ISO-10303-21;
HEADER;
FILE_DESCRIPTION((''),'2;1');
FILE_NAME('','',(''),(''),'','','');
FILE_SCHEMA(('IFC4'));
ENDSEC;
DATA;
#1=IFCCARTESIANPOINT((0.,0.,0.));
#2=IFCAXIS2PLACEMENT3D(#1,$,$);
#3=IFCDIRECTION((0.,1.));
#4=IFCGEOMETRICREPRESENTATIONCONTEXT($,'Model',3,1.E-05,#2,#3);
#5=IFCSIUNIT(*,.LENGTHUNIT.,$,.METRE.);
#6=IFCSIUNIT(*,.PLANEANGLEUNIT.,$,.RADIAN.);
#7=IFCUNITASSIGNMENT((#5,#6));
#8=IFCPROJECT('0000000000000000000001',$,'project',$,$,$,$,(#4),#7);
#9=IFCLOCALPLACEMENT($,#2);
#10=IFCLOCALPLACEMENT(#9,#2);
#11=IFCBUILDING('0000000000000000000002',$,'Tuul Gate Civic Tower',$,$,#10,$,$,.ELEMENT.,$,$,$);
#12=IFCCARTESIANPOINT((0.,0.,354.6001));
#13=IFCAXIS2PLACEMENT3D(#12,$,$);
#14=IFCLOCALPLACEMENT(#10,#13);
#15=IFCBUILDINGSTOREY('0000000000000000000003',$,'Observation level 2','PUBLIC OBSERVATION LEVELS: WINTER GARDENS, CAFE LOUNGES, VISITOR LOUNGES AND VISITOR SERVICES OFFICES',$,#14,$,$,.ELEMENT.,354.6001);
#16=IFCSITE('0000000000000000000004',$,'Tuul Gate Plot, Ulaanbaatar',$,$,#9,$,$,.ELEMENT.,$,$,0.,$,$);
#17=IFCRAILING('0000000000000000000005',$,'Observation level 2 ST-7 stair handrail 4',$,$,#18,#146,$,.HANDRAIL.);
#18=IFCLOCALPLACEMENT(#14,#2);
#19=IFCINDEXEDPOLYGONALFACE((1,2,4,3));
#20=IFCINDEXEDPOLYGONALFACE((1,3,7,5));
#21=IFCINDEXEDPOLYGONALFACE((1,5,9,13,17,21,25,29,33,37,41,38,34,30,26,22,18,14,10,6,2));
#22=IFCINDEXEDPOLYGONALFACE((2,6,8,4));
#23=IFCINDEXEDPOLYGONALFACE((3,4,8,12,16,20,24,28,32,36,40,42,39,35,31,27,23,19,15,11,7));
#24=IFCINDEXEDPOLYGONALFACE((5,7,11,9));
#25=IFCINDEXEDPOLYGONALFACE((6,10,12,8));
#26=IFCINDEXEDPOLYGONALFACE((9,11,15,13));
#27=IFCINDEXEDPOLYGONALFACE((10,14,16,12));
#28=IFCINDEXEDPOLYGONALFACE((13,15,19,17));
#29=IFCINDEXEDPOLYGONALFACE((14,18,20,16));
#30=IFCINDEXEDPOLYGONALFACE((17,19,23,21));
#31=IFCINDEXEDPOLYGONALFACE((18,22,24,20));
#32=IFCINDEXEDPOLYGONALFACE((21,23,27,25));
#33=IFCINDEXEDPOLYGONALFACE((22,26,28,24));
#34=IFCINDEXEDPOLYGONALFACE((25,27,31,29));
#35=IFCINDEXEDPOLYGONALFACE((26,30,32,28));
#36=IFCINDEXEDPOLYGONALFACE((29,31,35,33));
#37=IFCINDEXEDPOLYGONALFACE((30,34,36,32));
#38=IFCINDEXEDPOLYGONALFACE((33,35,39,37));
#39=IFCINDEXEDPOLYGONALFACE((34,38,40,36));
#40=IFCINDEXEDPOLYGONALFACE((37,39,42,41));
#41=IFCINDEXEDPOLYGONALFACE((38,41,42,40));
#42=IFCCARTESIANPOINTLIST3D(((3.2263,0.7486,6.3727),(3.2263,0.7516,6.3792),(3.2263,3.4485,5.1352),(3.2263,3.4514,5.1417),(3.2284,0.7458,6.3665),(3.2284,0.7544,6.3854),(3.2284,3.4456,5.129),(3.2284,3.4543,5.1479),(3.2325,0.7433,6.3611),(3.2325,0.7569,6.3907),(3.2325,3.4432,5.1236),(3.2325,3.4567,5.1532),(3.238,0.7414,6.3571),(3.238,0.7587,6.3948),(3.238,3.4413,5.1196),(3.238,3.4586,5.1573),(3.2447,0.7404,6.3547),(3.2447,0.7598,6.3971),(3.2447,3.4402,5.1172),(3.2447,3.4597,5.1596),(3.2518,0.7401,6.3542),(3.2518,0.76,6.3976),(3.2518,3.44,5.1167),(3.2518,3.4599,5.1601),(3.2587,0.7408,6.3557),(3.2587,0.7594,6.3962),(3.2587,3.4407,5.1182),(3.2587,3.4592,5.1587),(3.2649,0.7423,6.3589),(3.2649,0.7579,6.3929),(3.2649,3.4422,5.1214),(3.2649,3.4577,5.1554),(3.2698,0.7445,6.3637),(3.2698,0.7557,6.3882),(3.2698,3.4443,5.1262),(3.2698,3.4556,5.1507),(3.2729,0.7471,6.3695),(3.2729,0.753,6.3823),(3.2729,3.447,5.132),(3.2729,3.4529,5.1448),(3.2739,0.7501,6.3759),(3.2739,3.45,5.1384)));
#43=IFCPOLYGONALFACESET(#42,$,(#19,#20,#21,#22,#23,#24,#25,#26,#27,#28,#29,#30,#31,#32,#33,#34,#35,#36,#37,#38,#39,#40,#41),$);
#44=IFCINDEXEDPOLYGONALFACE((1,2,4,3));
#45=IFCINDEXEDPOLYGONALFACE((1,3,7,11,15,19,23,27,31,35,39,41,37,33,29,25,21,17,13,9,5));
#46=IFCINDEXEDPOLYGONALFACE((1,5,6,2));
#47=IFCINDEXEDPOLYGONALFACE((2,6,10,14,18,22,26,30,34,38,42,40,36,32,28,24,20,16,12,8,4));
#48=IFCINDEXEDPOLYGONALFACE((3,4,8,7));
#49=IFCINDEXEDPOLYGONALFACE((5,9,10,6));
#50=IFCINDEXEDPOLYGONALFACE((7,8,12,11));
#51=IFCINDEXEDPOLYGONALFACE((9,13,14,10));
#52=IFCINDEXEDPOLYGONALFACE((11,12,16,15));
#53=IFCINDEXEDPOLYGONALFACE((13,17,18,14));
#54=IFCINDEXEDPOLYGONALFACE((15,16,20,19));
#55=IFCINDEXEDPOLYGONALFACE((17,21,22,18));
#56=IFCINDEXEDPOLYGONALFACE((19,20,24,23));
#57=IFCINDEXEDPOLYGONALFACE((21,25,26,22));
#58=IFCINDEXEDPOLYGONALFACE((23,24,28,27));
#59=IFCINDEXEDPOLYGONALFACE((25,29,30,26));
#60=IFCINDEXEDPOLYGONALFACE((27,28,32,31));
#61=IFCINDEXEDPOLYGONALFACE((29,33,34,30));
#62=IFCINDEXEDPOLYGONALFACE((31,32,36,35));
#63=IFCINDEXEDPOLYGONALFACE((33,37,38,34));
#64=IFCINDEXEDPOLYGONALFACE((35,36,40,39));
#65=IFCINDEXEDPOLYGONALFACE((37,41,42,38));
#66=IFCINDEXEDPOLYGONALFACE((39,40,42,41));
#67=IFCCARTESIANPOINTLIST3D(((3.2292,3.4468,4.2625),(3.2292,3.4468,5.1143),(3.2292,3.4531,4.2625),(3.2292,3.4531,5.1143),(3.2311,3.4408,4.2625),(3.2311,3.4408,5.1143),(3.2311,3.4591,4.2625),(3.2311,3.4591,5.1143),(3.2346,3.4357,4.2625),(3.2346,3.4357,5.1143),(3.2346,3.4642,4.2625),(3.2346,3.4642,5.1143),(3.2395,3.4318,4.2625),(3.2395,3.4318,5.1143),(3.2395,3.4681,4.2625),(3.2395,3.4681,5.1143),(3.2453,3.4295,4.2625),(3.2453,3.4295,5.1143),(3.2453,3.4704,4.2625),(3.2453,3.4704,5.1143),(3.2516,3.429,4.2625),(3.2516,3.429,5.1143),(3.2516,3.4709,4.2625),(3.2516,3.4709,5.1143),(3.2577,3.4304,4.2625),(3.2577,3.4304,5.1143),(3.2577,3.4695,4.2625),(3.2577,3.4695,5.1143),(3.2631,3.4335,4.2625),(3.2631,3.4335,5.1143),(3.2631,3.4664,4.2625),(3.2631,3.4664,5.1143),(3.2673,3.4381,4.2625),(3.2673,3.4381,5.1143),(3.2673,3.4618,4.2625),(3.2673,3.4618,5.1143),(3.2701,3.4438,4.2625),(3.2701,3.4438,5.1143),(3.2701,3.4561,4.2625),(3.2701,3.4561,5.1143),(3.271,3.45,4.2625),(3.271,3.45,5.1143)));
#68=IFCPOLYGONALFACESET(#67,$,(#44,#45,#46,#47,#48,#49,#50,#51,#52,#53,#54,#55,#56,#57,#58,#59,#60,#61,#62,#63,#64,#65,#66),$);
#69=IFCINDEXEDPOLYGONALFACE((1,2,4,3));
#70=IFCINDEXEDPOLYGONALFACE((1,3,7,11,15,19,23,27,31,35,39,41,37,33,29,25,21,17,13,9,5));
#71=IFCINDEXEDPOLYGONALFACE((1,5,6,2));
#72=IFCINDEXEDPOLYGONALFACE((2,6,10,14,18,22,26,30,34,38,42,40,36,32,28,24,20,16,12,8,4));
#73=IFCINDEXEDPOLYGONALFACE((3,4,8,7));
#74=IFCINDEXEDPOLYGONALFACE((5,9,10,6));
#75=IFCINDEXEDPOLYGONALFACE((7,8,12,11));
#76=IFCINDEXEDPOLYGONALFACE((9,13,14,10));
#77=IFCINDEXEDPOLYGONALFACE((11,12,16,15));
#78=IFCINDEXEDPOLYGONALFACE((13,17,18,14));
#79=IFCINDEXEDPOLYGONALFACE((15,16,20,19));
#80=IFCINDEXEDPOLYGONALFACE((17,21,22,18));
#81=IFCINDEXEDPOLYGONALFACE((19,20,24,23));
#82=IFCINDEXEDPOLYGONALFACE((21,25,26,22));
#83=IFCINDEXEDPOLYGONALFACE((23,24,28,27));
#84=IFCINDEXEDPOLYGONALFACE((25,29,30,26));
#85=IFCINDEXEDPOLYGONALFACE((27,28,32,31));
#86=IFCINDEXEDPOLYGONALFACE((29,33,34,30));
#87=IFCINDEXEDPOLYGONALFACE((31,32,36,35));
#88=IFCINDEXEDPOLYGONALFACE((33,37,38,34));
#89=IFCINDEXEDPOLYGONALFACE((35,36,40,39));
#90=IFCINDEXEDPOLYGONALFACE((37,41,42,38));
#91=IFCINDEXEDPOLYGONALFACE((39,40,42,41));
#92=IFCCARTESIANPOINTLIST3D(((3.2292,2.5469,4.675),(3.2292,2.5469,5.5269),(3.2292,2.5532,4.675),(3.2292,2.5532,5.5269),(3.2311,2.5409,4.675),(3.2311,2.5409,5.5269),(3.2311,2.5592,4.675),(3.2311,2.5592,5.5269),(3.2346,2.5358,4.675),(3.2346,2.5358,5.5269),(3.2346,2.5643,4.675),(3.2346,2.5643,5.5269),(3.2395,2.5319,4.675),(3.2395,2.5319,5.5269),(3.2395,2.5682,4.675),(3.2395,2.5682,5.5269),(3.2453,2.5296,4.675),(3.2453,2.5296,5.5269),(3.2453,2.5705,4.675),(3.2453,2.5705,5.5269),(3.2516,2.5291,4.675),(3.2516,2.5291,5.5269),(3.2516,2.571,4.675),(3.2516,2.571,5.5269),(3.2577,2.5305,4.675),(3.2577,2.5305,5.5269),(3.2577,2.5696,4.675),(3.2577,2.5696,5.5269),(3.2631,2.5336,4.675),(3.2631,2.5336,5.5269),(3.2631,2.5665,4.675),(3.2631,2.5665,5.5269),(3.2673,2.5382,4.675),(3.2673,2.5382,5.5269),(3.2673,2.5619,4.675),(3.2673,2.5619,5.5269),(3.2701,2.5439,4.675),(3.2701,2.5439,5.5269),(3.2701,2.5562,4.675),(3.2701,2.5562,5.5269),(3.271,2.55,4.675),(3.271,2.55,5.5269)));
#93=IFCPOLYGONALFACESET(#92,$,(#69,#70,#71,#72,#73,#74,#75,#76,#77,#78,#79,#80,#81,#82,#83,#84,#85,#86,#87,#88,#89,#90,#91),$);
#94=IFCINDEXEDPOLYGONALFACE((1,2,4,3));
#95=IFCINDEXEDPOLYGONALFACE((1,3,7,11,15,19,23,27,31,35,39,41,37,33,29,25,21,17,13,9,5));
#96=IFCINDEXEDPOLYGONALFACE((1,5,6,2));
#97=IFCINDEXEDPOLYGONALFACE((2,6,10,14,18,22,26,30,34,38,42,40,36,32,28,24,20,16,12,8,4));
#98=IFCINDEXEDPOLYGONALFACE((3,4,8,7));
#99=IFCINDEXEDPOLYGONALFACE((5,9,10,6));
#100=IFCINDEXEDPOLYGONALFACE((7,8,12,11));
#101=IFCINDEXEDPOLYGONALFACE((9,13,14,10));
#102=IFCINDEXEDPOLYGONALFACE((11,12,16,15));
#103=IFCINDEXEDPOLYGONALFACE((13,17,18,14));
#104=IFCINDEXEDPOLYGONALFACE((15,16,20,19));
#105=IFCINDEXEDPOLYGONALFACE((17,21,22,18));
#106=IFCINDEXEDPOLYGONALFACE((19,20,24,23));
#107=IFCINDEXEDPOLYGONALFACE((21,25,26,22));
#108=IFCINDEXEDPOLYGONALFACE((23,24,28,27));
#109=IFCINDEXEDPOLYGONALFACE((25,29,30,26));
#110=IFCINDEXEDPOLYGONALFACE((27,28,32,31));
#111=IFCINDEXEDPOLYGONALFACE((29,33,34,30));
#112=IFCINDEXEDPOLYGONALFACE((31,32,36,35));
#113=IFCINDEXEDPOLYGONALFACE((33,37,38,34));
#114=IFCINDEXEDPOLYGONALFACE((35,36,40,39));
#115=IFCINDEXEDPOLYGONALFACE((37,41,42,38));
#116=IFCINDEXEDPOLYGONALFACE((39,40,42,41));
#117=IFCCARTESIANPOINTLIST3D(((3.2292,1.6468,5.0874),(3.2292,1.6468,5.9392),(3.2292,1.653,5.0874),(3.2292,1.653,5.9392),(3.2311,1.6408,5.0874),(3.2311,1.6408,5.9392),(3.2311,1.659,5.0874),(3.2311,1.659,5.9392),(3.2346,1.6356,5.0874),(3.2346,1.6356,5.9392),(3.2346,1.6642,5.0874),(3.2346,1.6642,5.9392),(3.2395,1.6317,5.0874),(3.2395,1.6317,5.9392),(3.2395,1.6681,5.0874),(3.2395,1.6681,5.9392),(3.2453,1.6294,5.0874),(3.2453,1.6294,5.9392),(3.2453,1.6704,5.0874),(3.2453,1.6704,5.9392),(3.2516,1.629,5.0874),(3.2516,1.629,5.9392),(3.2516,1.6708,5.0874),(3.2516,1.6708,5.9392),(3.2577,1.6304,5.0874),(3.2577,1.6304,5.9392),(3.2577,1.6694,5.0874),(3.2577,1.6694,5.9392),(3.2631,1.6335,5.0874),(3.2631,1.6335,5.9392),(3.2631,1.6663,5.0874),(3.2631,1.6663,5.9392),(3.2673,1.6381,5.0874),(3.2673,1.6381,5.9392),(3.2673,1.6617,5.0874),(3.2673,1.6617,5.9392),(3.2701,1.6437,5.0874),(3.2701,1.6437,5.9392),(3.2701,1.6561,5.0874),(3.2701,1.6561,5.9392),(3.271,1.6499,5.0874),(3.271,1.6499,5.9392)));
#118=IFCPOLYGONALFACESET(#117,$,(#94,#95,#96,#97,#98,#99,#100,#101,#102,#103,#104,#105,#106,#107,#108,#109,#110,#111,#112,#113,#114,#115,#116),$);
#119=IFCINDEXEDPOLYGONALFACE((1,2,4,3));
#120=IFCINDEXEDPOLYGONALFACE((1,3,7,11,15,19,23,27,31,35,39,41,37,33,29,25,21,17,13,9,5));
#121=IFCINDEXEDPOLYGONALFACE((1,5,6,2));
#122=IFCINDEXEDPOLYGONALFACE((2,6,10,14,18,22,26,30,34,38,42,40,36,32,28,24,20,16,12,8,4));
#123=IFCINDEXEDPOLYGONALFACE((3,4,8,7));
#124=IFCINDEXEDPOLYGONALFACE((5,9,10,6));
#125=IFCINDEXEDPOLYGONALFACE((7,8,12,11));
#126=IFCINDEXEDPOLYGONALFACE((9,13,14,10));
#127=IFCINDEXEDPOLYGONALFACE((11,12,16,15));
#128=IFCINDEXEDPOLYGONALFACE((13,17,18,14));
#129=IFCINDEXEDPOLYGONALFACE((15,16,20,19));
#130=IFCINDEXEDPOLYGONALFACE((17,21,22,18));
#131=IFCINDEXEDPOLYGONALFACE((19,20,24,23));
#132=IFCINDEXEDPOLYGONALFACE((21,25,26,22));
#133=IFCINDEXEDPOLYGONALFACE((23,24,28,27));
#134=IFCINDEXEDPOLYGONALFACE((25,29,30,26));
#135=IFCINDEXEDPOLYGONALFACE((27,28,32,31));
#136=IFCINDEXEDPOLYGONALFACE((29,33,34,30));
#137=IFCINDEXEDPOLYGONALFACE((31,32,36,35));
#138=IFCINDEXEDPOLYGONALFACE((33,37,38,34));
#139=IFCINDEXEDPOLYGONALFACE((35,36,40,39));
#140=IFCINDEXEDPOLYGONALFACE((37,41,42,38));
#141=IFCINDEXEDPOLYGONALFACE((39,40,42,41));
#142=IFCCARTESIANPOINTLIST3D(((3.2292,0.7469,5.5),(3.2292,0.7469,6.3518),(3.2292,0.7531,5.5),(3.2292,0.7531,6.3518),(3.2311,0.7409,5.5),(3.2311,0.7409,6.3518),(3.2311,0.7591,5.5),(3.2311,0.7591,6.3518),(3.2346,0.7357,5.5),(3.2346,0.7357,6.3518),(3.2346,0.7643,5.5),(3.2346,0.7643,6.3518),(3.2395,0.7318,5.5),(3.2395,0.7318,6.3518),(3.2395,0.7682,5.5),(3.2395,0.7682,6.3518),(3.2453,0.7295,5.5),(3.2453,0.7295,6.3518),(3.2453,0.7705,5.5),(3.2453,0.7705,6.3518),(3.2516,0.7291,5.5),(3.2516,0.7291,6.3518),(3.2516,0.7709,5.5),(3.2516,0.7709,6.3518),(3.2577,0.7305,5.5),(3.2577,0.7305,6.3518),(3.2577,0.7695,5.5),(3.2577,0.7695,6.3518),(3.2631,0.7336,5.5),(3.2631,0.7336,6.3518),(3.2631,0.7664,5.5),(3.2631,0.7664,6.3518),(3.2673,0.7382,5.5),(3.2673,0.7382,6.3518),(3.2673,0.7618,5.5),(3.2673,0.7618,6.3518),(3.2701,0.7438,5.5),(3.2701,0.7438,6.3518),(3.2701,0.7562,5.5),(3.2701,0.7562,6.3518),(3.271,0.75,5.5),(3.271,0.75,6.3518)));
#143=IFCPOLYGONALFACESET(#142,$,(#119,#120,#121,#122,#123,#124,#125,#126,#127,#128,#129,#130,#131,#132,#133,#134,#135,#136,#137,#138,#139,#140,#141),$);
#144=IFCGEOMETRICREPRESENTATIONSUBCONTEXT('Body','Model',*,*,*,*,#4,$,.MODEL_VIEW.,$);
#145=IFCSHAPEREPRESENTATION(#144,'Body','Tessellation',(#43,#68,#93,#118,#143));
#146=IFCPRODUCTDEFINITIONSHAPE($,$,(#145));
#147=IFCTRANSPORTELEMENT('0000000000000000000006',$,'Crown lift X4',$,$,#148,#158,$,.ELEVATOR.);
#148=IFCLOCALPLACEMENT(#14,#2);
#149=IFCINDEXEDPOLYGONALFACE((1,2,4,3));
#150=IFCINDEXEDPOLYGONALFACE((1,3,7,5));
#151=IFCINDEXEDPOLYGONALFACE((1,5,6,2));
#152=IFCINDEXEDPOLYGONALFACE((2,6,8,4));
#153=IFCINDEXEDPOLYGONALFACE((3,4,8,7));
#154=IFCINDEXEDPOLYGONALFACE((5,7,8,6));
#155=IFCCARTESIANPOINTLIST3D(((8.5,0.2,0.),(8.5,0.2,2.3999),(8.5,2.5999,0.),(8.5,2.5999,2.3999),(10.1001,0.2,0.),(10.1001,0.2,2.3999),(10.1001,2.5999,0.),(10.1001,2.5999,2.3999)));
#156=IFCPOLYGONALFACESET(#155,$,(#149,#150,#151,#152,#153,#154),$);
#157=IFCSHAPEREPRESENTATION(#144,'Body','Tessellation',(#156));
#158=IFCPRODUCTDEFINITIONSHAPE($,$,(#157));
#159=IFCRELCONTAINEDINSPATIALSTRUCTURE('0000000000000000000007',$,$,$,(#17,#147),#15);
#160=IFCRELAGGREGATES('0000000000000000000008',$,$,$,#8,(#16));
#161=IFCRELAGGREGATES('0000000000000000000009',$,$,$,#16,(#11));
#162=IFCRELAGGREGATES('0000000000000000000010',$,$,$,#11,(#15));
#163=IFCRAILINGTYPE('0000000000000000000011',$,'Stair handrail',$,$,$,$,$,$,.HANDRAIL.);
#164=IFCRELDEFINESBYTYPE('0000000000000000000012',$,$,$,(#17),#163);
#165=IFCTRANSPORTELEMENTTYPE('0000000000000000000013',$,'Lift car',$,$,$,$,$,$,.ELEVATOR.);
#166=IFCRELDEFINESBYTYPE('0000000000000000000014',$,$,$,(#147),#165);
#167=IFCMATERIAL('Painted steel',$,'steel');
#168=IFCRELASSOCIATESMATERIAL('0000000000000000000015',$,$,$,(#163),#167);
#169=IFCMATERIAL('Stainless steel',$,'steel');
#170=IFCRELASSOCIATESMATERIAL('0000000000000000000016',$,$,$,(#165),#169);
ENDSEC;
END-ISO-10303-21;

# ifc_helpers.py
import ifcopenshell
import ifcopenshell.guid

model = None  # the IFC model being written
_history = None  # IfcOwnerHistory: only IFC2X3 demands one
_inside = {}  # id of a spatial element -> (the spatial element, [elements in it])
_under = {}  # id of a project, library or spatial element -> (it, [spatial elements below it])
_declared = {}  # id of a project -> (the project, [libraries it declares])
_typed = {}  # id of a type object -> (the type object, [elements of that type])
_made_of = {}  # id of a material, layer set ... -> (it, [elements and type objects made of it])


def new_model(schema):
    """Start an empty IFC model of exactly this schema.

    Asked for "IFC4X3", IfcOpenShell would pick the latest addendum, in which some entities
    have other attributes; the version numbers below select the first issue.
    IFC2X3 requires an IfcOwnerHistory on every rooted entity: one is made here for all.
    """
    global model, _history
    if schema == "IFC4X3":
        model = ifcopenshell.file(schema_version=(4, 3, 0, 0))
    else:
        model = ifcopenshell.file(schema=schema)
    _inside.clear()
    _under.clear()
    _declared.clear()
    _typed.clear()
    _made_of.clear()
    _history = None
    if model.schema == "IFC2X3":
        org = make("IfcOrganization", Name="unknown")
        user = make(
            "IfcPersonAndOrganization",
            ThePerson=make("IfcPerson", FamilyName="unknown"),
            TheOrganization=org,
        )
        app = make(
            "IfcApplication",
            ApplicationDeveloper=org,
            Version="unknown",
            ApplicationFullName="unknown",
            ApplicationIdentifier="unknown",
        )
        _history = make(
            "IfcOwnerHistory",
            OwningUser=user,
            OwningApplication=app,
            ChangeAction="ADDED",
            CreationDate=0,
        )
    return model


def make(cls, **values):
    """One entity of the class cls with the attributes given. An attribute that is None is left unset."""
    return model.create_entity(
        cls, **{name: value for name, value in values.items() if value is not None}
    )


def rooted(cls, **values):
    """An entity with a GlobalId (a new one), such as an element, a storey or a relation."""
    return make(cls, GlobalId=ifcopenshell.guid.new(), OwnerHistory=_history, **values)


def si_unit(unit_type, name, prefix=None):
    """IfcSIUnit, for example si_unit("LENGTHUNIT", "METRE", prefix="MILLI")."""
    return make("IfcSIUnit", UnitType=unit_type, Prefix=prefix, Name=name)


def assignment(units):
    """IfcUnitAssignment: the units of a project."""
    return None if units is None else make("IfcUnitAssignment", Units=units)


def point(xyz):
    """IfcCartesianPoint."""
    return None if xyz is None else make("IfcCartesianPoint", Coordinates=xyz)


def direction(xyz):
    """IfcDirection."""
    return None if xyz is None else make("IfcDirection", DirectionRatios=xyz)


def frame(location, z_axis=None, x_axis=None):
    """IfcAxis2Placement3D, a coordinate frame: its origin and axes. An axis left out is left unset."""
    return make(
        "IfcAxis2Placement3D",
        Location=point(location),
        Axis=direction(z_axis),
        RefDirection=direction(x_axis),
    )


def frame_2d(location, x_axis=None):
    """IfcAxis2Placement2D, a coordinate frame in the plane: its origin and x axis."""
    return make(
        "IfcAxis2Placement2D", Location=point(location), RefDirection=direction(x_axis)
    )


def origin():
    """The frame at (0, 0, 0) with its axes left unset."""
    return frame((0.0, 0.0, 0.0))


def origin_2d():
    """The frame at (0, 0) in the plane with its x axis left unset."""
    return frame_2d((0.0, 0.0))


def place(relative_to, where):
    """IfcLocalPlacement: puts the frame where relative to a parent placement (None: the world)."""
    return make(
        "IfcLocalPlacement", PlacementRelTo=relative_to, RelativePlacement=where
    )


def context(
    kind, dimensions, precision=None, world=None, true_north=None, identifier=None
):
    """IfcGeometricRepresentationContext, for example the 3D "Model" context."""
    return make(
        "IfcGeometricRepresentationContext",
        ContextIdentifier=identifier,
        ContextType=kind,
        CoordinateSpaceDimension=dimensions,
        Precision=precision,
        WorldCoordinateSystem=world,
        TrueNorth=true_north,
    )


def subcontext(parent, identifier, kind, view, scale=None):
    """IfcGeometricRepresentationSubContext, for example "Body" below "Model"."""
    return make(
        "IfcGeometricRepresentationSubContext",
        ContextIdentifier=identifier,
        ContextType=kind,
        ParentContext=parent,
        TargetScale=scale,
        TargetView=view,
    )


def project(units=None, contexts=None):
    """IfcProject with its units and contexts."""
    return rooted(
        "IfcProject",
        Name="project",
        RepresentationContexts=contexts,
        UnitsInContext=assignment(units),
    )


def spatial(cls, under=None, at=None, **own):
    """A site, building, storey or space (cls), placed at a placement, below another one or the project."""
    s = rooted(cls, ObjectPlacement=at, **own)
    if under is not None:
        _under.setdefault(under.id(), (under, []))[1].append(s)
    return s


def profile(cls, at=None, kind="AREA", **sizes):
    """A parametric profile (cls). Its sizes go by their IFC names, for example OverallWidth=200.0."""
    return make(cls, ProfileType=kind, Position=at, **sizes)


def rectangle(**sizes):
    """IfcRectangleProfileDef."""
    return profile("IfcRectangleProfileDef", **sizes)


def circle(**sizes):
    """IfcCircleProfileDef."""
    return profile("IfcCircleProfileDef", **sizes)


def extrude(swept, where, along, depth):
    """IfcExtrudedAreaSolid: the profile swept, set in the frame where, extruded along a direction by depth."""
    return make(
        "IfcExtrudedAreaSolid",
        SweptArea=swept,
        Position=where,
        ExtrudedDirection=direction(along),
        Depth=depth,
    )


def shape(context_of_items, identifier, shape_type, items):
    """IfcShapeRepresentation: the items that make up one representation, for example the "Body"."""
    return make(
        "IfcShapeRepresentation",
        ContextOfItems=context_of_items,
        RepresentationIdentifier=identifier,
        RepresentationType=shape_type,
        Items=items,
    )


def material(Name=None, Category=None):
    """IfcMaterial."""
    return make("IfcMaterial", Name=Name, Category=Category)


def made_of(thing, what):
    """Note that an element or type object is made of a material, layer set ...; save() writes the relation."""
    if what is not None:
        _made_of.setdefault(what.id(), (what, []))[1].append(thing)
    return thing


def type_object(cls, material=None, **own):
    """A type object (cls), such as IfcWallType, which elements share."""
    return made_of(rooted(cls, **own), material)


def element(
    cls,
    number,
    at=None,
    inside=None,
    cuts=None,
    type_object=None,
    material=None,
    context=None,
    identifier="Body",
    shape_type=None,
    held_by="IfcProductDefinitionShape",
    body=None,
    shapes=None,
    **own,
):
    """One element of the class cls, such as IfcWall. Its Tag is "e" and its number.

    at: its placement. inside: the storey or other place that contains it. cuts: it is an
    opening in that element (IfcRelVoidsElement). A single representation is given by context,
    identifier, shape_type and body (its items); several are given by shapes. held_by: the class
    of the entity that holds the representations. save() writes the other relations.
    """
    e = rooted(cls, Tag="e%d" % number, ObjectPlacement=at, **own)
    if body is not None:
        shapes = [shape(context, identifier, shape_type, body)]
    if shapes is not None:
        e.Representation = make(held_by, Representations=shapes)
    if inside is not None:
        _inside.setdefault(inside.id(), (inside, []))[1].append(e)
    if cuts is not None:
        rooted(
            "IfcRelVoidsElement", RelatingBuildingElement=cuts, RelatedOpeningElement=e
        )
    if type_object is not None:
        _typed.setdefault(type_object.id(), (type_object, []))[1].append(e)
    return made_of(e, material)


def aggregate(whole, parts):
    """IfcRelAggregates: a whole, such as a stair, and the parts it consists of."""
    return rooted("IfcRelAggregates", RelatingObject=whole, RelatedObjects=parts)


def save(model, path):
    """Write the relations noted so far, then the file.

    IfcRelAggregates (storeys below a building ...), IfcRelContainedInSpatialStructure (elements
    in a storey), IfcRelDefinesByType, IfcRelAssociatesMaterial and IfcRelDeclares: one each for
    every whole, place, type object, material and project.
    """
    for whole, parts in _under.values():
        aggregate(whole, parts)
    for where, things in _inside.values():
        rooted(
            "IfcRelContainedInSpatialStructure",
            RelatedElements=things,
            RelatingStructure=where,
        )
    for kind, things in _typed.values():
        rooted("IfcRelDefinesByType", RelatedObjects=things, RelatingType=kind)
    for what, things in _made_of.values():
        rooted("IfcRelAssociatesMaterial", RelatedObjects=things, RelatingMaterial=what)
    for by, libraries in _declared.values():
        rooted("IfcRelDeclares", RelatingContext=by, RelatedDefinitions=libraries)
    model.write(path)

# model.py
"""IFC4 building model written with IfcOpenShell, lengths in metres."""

from ifc_helpers import new_model, si_unit, direction, frame, origin, origin_2d, place, context, subcontext, project, spatial, rectangle, circle, extrude, material, type_object, element, save


model = new_model("IFC4")

# Units and contexts
model_context = context("Model", 3, precision=1e-05, world=origin(), true_north=direction((0.0, 1.0)))
body_context = subcontext(model_context, "Body", "Model", "MODEL_VIEW")
ifc_project = project(units=[si_unit("LENGTHUNIT", "METRE"), si_unit("PLANEANGLEUNIT", "RADIAN")], contexts=[model_context])

# Site, building, storey
site_placement = place(None, origin())
site = spatial("IfcSite", under=ifc_project, at=site_placement, Name="Tuul Gate Plot, Ulaanbaatar", CompositionType="ELEMENT", RefElevation=0.0)
building_placement = place(site_placement, origin())
building = spatial("IfcBuilding", under=site, at=building_placement, Name="Tuul Gate Civic Tower", CompositionType="ELEMENT")
storey_placement = place(building_placement, frame((0.0, 0.0, 354.6001)))
storey = spatial("IfcBuildingStorey", under=building, at=storey_placement, Name="Observation level 2", Description="PUBLIC OBSERVATION LEVELS: WINTER GARDENS, CAFE LOUNGES, VISITOR LOUNGES AND VISITOR SERVICES OFFICES", CompositionType="ELEMENT", Elevation=354.6001)

# Railing
ifc_material_1 = material(Name="Painted steel", Category="steel")
railing_type_1 = type_object("IfcRailingType", Name="Stair handrail", PredefinedType="HANDRAIL", material=ifc_material_1)
railing_1_placement = place(storey_placement, frame((3.25, 3.45, 4.2625)))
element("IfcRailing", 1, at=railing_1_placement, inside=storey, type_object=railing_type_1, Name="Observation level 2 ST-7 stair handrail 4", PredefinedType="HANDRAIL", context=body_context, shape_type="SweptSolid", body=[
    extrude(circle(Radius=0.0239, at=origin_2d()), frame((0.0, 0.0, 0.876), z_axis=(0.0, -0.909056, 0.416675), x_axis=(1.0, 0.0, 0.0)), (0.0, 0.0, 1.0), 2.97),
    extrude(circle(Radius=0.021, at=origin_2d()), origin(), (0.0, 0.0, 1.0), 0.8518),
    extrude(circle(Radius=0.021, at=origin_2d()), frame((0.0, -0.8999, 0.4126)), (0.0, 0.0, 1.0), 0.8518),
    extrude(circle(Radius=0.021, at=origin_2d()), frame((0.0, -1.8, 0.825)), (0.0, 0.0, 1.0), 0.8518),
    extrude(circle(Radius=0.021, at=origin_2d()), frame((0.0, -2.7, 1.2375)), (0.0, 0.0, 1.0), 0.8518),
])

# Transport element
ifc_material_2 = material(Name="Stainless steel", Category="steel")
transport_element_type = type_object("IfcTransportElementType", Name="Lift car", PredefinedType="ELEVATOR", material=ifc_material_2)
transport_element_placement = place(storey_placement, frame((9.3, 1.3999, 0.0), z_axis=(0.0, 0.0, 1.0), x_axis=(1.0, 0.0, 0.0)))
element("IfcTransportElement", 2, at=transport_element_placement, inside=storey, type_object=transport_element_type, Name="Crown lift X4", PredefinedType="ELEVATOR", context=body_context, shape_type="SweptSolid", body=[
    extrude(rectangle(XDim=1.6001, YDim=2.3999, at=origin_2d()), origin(), (0.0, 0.0, 1.0), 2.3999),
])

save(model, "model.ifc")
